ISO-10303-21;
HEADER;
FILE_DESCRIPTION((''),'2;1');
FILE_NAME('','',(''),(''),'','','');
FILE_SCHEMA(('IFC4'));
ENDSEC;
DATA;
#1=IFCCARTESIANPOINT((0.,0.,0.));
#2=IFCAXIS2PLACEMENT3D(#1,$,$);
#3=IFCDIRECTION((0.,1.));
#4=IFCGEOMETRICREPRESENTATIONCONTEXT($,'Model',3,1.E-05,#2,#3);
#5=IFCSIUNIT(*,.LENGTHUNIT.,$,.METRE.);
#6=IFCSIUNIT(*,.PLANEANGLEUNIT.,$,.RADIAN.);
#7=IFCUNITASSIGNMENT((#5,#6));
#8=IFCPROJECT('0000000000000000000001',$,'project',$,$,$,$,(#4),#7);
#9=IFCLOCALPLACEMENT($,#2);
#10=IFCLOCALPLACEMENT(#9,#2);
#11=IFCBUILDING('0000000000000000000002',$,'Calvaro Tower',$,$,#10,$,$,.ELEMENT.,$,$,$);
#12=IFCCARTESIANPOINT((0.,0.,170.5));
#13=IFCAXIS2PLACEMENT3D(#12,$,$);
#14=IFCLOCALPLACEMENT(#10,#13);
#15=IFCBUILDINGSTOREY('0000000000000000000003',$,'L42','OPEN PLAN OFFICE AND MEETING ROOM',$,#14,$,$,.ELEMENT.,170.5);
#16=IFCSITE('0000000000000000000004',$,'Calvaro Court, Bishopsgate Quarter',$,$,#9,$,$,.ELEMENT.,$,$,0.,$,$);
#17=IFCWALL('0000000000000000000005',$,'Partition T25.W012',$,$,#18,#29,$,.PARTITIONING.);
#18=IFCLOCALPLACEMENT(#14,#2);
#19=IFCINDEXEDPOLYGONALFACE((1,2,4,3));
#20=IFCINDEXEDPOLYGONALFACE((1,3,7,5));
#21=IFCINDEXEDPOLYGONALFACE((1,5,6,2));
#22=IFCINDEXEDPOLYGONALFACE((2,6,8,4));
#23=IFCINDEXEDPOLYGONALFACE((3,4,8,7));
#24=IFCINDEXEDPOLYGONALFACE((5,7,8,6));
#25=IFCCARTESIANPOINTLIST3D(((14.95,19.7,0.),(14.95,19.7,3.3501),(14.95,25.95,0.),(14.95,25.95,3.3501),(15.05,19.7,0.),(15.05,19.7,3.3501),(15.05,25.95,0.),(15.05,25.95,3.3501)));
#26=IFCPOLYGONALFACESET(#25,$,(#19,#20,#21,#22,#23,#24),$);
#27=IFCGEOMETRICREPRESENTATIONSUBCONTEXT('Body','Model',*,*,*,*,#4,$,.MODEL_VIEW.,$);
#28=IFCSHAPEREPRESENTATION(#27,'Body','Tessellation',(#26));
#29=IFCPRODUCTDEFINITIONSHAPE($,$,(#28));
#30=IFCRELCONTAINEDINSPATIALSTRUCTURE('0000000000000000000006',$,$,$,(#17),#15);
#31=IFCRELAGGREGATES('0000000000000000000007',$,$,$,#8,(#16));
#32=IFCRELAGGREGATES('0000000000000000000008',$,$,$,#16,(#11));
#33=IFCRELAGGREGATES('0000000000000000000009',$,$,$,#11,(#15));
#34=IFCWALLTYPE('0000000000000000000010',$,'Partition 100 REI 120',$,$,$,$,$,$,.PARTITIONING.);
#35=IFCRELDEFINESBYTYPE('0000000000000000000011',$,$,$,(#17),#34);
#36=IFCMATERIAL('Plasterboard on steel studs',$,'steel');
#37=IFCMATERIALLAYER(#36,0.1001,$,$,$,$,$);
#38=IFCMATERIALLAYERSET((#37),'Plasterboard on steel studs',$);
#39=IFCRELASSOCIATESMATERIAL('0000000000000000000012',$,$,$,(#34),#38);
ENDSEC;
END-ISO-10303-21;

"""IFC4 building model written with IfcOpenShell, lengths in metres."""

from ifc_helpers import new_model, si_unit, direction, frame, frame_2d, origin, place, context, subcontext, project, spatial, rectangle, extrude, material, layer, layer_set, type_object, element, save


model = new_model("IFC4")

# Units and contexts
model_context = context("Model", 3, precision=1e-05, world=origin(), true_north=direction((0.0, 1.0)))
body_context = subcontext(model_context, "Body", "Model", "MODEL_VIEW")
ifc_project = project(units=[si_unit("LENGTHUNIT", "METRE"), si_unit("PLANEANGLEUNIT", "RADIAN")], contexts=[model_context])

# Site, building, storey
site_placement = place(None, origin())
site = spatial("IfcSite", under=ifc_project, at=site_placement, Name="Calvaro Court, Bishopsgate Quarter", CompositionType="ELEMENT", RefElevation=0.0)
building_placement = place(site_placement, origin())
building = spatial("IfcBuilding", under=site, at=building_placement, Name="Calvaro Tower", CompositionType="ELEMENT")
storey_placement = place(building_placement, frame((0.0, 0.0, 170.5)))
storey = spatial("IfcBuildingStorey", under=building, at=storey_placement, Name="L42", Description="OPEN PLAN OFFICE AND MEETING ROOM", CompositionType="ELEMENT", Elevation=170.5)

# Wall
ifc_material_1 = material(Name="Plasterboard on steel studs", Category="steel")
ifc_layer_1 = layer(ifc_material_1, 0.1001)
ifc_layer_set_1 = layer_set([ifc_layer_1], Name="Plasterboard on steel studs")
wall_type_1 = type_object("IfcWallType", Name="Partition 100 REI 120", PredefinedType="PARTITIONING", material=ifc_layer_set_1)
wall_1_placement = place(storey_placement, frame((15.0, 19.7, 0.0), z_axis=(0.0, 0.0, 1.0), x_axis=(0.0, 1.0, 0.0)))
element("IfcWall", 1, at=wall_1_placement, inside=storey, type_object=wall_type_1, Name="Partition T25.W012", PredefinedType="PARTITIONING", context=body_context, shape_type="SweptSolid", body=[
    extrude(rectangle(XDim=6.25, YDim=0.1001, at=frame_2d((3.125, 0.0))), origin(), (0.0, 0.0, 1.0), 3.3501),
])

save(model, "model.ifc")
